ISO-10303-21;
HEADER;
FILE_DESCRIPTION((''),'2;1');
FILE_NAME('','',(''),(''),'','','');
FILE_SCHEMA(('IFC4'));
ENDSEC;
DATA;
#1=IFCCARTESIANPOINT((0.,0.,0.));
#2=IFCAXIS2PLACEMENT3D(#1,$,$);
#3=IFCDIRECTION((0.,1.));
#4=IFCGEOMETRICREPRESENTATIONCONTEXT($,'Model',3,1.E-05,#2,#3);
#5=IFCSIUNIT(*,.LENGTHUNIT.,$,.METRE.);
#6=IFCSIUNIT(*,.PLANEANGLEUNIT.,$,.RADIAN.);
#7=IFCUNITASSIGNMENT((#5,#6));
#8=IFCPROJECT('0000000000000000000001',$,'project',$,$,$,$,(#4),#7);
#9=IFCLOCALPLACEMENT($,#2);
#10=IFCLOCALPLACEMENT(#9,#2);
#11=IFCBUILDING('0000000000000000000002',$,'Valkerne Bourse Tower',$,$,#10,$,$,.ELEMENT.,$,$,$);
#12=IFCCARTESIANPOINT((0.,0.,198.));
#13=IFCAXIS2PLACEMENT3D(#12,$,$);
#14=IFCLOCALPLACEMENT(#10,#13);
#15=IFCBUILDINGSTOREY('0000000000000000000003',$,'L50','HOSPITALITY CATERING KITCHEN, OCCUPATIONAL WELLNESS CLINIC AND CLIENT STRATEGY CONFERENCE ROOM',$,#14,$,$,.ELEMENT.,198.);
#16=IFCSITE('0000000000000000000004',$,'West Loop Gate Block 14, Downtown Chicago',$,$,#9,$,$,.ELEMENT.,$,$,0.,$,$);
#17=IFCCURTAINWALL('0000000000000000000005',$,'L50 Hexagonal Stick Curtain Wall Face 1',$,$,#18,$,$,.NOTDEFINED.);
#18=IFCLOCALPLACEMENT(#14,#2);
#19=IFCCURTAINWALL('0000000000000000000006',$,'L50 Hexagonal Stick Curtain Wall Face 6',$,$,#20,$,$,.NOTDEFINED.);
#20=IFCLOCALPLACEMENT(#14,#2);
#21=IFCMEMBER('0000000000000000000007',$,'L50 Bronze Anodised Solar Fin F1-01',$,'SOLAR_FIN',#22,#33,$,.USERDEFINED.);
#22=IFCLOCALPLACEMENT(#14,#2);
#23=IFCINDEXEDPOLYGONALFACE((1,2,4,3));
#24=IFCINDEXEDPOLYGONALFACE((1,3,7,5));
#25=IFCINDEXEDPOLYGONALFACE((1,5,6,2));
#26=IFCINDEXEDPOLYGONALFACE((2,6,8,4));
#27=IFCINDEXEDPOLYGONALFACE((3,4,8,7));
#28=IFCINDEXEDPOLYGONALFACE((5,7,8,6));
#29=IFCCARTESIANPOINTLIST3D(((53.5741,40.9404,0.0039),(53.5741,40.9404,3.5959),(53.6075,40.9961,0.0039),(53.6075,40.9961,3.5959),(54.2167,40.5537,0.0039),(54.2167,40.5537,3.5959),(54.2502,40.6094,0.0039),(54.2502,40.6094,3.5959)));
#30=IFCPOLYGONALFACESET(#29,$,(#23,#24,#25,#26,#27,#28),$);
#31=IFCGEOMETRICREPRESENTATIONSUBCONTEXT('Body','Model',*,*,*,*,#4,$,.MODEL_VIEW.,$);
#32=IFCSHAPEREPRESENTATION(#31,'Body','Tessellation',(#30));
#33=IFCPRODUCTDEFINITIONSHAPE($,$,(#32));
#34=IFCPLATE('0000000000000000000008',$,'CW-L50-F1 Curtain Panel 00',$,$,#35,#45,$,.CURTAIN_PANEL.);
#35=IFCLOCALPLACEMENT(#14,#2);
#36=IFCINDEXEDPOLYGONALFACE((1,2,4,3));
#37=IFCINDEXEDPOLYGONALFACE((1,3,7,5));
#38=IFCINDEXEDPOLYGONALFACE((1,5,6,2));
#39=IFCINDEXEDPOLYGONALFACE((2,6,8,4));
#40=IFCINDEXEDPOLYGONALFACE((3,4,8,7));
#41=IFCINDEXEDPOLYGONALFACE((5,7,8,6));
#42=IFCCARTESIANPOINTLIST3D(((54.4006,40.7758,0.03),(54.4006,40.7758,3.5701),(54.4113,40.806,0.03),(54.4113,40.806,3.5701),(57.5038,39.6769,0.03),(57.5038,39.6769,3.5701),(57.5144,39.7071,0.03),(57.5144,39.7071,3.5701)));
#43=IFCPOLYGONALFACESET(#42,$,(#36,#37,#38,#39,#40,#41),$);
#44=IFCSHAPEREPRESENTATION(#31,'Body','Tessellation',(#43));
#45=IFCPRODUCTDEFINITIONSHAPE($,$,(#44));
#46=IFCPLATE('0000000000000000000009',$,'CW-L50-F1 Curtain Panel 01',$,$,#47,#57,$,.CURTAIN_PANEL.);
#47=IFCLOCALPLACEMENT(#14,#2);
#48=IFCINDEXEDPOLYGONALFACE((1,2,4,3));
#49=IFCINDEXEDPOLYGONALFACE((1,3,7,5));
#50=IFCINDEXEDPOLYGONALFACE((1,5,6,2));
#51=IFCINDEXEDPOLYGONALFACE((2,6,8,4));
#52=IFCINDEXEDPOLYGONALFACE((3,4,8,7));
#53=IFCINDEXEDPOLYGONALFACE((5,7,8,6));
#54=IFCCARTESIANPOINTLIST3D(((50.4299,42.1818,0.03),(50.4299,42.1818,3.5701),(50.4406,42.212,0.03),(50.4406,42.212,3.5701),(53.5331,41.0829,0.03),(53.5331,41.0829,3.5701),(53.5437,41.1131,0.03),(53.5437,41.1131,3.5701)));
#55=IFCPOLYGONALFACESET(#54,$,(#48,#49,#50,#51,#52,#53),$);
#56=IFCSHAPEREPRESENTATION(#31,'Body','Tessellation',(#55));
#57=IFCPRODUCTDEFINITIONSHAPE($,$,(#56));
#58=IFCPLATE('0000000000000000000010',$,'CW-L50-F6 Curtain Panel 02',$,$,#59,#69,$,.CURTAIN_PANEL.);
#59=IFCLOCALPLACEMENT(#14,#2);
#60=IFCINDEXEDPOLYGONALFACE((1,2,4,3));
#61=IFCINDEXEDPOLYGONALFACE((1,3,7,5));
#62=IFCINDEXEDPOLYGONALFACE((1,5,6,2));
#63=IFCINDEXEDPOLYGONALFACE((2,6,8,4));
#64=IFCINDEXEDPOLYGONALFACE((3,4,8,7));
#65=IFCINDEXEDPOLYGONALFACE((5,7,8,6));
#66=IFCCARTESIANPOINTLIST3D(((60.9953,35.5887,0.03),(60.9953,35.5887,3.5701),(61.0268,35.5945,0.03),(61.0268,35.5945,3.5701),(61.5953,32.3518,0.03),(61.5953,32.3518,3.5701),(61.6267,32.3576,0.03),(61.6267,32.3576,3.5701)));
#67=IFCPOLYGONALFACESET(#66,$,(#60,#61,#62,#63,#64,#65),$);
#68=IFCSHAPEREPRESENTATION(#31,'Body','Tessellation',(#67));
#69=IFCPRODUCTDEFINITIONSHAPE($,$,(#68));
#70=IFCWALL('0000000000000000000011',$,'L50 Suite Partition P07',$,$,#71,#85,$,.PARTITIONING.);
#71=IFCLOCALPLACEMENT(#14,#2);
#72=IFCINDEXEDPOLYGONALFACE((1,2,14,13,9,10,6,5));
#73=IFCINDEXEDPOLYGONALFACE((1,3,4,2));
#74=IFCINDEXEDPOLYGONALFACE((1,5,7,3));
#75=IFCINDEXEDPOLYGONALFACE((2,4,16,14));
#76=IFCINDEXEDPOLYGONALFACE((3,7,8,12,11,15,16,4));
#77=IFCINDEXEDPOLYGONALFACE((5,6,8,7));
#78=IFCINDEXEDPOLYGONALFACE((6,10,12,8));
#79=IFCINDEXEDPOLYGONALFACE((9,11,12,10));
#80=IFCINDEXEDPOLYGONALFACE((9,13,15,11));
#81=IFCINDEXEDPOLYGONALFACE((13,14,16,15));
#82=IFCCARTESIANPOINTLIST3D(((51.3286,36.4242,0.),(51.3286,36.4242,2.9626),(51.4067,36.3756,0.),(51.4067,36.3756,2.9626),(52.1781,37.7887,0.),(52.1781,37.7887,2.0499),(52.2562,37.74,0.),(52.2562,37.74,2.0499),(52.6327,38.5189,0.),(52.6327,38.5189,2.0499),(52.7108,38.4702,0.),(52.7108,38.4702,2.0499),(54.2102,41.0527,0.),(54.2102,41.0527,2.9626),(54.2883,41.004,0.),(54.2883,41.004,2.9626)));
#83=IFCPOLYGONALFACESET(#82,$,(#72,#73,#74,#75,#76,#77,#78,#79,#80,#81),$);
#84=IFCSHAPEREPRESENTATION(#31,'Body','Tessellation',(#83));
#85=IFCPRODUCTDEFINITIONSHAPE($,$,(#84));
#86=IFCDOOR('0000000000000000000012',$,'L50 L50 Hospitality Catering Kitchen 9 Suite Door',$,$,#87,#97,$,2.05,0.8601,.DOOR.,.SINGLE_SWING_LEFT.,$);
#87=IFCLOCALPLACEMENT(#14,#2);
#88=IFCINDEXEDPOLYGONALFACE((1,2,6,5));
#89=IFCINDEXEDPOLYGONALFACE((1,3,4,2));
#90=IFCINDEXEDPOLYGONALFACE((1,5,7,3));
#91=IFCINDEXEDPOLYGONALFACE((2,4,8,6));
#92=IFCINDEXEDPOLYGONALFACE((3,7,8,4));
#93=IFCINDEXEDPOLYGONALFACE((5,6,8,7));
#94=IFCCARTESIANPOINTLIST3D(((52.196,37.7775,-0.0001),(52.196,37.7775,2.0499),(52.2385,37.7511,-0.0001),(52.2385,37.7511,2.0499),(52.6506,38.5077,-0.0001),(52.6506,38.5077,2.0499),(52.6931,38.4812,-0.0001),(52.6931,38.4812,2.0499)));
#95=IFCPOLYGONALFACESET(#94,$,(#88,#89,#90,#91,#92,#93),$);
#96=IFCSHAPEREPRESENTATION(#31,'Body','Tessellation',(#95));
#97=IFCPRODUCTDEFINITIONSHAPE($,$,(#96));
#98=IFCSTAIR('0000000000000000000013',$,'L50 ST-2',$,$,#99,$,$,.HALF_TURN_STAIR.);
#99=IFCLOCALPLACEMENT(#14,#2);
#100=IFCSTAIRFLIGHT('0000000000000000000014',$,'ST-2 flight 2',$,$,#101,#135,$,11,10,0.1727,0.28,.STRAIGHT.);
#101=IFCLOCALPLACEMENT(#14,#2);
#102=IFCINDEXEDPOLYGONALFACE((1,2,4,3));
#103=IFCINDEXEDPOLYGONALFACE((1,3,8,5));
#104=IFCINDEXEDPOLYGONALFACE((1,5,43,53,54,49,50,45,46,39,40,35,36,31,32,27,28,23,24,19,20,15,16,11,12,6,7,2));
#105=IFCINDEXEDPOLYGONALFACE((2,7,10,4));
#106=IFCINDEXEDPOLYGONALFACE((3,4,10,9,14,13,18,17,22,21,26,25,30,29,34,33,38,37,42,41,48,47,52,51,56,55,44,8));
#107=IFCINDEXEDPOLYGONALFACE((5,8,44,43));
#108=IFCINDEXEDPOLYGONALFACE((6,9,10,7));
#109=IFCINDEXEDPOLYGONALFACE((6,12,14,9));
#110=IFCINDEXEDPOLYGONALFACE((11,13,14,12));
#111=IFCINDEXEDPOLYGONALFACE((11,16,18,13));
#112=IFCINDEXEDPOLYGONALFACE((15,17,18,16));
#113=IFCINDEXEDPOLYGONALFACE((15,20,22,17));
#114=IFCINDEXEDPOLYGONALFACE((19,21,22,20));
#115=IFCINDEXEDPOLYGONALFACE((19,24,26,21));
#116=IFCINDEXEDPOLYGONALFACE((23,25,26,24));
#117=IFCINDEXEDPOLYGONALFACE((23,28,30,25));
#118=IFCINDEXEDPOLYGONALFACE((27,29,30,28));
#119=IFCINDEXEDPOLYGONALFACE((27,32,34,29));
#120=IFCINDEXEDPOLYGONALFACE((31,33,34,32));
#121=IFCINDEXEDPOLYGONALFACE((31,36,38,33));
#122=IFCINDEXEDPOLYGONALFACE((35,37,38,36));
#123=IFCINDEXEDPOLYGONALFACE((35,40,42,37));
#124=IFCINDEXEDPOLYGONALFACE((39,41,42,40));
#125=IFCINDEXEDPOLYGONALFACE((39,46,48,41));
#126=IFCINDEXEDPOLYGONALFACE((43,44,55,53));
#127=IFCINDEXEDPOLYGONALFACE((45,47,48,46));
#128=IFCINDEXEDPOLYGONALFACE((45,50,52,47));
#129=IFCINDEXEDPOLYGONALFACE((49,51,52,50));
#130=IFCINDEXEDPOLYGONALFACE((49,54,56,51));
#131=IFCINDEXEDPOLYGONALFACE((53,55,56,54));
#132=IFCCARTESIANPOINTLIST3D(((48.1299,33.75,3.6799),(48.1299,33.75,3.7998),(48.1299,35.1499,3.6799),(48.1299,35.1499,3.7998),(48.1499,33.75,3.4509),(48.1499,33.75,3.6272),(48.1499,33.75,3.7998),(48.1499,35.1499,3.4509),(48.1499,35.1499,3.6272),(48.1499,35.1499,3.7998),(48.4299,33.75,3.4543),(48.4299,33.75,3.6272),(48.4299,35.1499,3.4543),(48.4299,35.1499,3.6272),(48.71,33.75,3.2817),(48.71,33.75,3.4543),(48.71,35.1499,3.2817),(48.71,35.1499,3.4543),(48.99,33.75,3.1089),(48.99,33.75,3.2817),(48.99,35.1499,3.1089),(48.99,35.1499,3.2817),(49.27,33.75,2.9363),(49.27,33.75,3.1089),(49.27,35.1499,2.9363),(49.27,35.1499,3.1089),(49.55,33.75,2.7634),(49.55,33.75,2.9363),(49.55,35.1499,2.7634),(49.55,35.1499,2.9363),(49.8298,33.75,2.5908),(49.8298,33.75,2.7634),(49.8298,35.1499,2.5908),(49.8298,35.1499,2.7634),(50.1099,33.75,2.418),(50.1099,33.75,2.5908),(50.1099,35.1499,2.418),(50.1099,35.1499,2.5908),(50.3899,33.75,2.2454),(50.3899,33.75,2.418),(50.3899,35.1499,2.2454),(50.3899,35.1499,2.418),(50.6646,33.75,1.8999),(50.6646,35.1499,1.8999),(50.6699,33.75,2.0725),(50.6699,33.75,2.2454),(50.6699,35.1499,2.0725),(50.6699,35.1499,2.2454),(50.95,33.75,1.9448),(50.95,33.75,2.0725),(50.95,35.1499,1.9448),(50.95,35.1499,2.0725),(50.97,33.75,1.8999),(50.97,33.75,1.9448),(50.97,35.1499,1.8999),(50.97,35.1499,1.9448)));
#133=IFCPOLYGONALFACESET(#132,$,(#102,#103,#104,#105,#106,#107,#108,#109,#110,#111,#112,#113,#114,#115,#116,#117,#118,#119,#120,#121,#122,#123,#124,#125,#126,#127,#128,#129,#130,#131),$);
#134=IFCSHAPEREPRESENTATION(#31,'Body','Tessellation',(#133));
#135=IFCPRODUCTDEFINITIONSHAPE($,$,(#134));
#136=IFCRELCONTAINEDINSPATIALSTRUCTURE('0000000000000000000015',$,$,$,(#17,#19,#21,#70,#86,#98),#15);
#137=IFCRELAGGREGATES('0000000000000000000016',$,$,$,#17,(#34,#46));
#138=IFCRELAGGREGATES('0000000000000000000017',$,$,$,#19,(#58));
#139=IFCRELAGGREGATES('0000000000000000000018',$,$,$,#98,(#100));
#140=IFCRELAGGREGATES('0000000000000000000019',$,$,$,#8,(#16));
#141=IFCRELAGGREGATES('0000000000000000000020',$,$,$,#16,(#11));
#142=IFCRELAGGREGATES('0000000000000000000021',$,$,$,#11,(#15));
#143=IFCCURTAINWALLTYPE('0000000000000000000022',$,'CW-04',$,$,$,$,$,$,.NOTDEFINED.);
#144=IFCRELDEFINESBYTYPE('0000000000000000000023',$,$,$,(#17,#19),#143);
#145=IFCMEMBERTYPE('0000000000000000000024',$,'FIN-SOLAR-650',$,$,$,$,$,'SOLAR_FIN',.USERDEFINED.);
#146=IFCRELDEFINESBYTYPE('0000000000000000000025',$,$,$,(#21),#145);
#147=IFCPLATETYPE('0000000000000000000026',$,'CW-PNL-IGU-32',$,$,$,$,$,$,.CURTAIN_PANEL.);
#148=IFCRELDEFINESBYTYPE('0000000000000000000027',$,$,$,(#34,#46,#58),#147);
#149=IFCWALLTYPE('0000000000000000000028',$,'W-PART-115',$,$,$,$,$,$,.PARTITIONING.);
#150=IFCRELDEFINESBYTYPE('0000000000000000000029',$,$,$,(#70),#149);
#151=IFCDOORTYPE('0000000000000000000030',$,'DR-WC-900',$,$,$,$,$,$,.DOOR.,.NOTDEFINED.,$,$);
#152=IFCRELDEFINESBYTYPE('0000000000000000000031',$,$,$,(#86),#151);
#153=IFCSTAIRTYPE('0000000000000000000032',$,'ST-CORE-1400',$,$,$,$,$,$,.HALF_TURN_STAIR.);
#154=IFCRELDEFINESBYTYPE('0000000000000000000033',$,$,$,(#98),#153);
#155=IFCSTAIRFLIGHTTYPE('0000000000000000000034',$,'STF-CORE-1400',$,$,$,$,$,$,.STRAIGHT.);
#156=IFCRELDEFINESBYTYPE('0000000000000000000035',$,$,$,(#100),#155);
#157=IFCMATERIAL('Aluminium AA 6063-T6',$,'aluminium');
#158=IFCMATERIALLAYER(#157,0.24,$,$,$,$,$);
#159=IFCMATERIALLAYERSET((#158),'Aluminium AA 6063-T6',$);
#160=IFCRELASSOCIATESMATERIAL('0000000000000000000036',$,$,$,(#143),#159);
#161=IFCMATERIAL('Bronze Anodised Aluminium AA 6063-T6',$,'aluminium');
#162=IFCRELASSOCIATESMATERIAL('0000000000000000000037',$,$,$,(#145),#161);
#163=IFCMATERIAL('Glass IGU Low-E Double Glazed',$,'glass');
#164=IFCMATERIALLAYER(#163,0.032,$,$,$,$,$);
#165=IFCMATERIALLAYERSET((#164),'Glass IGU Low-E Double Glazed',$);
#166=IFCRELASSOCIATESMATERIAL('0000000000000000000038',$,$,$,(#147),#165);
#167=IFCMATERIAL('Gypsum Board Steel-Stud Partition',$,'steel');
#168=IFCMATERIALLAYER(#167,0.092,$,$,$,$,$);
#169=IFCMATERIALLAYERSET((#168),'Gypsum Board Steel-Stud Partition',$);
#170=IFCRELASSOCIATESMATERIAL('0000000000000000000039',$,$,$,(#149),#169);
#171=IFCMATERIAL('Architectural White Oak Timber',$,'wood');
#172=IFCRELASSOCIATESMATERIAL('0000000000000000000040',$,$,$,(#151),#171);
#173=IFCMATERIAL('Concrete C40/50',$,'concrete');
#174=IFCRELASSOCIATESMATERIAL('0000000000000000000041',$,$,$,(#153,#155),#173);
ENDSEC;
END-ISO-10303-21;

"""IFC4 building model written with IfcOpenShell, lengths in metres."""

from ifc_helpers import new_model, si_unit, direction, frame, frame_2d, origin, origin_2d, place, context, subcontext, project, spatial, polyline, rectangle, outline, extrude, material, layer, layer_set, material_profile, profile_set, type_object, element, fill, aggregate, save


model = new_model("IFC4")

# Units and contexts
model_context = context("Model", 3, precision=1e-05, world=origin(), true_north=direction((0.0, 1.0)))
body_context = subcontext(model_context, "Body", "Model", "MODEL_VIEW")
ifc_project = project(units=[si_unit("LENGTHUNIT", "METRE"), si_unit("PLANEANGLEUNIT", "RADIAN")], contexts=[model_context])

# Site, building, storey
site_placement = place(None, origin())
site = spatial("IfcSite", under=ifc_project, at=site_placement, Name="West Loop Gate Block 14, Downtown Chicago", CompositionType="ELEMENT", RefElevation=0.0)
building_placement = place(site_placement, origin())
building = spatial("IfcBuilding", under=site, at=building_placement, Name="Valkerne Bourse Tower", CompositionType="ELEMENT")
storey_placement = place(building_placement, frame((0.0, 0.0, 198.0)))
storey = spatial("IfcBuildingStorey", under=building, at=storey_placement, Name="L50", Description="HOSPITALITY CATERING KITCHEN, OCCUPATIONAL WELLNESS CLINIC AND CLIENT STRATEGY CONFERENCE ROOM", CompositionType="ELEMENT", Elevation=198.0)

# Curtain wall
ifc_material_1 = material(Name="Aluminium AA 6063-T6", Category="aluminium")
ifc_layer_1 = layer(ifc_material_1, 0.24)
ifc_layer_set_1 = layer_set([ifc_layer_1], Name="Aluminium AA 6063-T6")
curtain_wall_type = type_object("IfcCurtainWallType", Name="CW-04", PredefinedType="NOTDEFINED", material=ifc_layer_set_1)
curtain_wall_1_placement = place(storey_placement, origin())
curtain_wall_1 = element("IfcCurtainWall", 1, at=curtain_wall_1_placement, inside=storey, type_object=curtain_wall_type, Name="L50 Hexagonal Stick Curtain Wall Face 1", PredefinedType="NOTDEFINED")

# Curtain wall
curtain_wall_2_placement = place(storey_placement, origin())
curtain_wall_2 = element("IfcCurtainWall", 2, at=curtain_wall_2_placement, inside=storey, type_object=curtain_wall_type, Name="L50 Hexagonal Stick Curtain Wall Face 6", PredefinedType="NOTDEFINED")

# Member
ifc_material_2 = material(Name="Bronze Anodised Aluminium AA 6063-T6", Category="aluminium")
ifc_material_profile_1 = material_profile(ifc_material_2, rectangle(XDim=0.0649, YDim=0.75, at=origin_2d()), Name="FIN-65X750")
ifc_profile_set_1 = profile_set([ifc_material_profile_1], Name="Bronze Anodised Aluminium AA 6063-T6")
member_type_1 = type_object("IfcMemberType", Name="FIN-SOLAR-650", ElementType="SOLAR_FIN", PredefinedType="USERDEFINED", material=ifc_profile_set_1)
member_1_placement = place(storey_placement, frame((53.9121, 40.7749, 0.0039), z_axis=(0.0, 0.0, 1.0), x_axis=(0.515604, 0.856827, 0.0)))
element("IfcMember", 3, at=member_1_placement, inside=storey, type_object=member_type_1, Name="L50 Bronze Anodised Solar Fin F1-01", ObjectType="SOLAR_FIN", PredefinedType="USERDEFINED", context=body_context, shape_type="SweptSolid", body=[
    extrude(rectangle(XDim=0.0649, YDim=0.75, at=origin_2d()), origin(), (0.0, 0.0, 1.0), 3.592),
])

# Plates
ifc_material_3 = material(Name="Glass IGU Low-E Double Glazed", Category="glass")
ifc_layer_2 = layer(ifc_material_3, 0.032)
ifc_layer_set_2 = layer_set([ifc_layer_2], Name="Glass IGU Low-E Double Glazed")
plate_type = type_object("IfcPlateType", Name="CW-PNL-IGU-32", PredefinedType="CURTAIN_PANEL", material=ifc_layer_set_2)
plate_1_placement = place(storey_placement, frame((55.9575, 40.2415, 0.03), z_axis=(0.0, 0.0, 1.0), x_axis=(-0.942644, 0.333801, 0.0)))
plate_1 = element("IfcPlate", 4, at=plate_1_placement, type_object=plate_type, Name="CW-L50-F1 Curtain Panel 00", PredefinedType="CURTAIN_PANEL", context=body_context, shape_type="SweptSolid", body=[
    extrude(rectangle(XDim=3.292, YDim=0.032, at=origin_2d()), origin(), (0.0, 0.0, 1.0), 3.54),
])
plate_2_placement = place(storey_placement, frame((51.9868, 41.6475, 0.03), z_axis=(0.0, 0.0, 1.0), x_axis=(-0.942641, 0.333808, 0.0)))
plate_2 = element("IfcPlate", 5, at=plate_2_placement, type_object=plate_type, Name="CW-L50-F1 Curtain Panel 01", PredefinedType="CURTAIN_PANEL", context=body_context, shape_type="SweptSolid", body=[
    extrude(rectangle(XDim=3.292, YDim=0.032, at=origin_2d()), origin(), (0.0, 0.0, 1.0), 3.54),
])
aggregate(curtain_wall_1, [plate_1, plate_2])
plate_3_placement = place(storey_placement, frame((61.311, 33.9731, 0.03), z_axis=(0.0, 0.0, 1.0), x_axis=(-0.18224, 0.983254, 0.0)))
plate_3 = element("IfcPlate", 6, at=plate_3_placement, type_object=plate_type, Name="CW-L50-F6 Curtain Panel 02", PredefinedType="CURTAIN_PANEL", context=body_context, shape_type="SweptSolid", body=[
    extrude(rectangle(XDim=3.292, YDim=0.032, at=origin_2d()), origin(), (0.0, 0.0, 1.0), 3.54),
])
aggregate(curtain_wall_2, [plate_3])

# Wall, opening, door
ifc_material_4 = material(Name="Gypsum Board Steel-Stud Partition", Category="steel")
ifc_layer_3 = layer(ifc_material_4, 0.092)
ifc_layer_set_3 = layer_set([ifc_layer_3], Name="Gypsum Board Steel-Stud Partition")
wall_type = type_object("IfcWallType", Name="W-PART-115", PredefinedType="PARTITIONING", material=ifc_layer_set_3)
wall_placement = place(storey_placement, frame((51.3677, 36.3999, 0.0), z_axis=(0.0, 0.0, 1.0), x_axis=(0.528525, 0.848918, 0.0)))
wall = element("IfcWall", 7, at=wall_placement, inside=storey, type_object=wall_type, Name="L50 Suite Partition P07", PredefinedType="PARTITIONING", context=body_context, shape_type="SweptSolid", body=[
    extrude(rectangle(XDim=5.4521, YDim=0.092, at=frame_2d((2.7261, 0.0))), origin(), (0.0, 0.0, 1.0), 2.9626),
])
opening_placement = place(wall_placement, frame((1.6072, 0.0, 0.0)))
opening = element("IfcOpeningElement", 8, at=opening_placement, cuts=wall, PredefinedType="OPENING", context=body_context, shape_type="SweptSolid", body=[
    extrude(rectangle(XDim=0.8601, YDim=2.05, at=frame_2d((0.4302, 1.0249))), frame((0.0, 0.0559, 0.0), z_axis=(0.0, -1.0, 0.0), x_axis=(1.0, 0.0, 0.0)), (0.0, 0.0, 1.0), 0.1121),
])
ifc_material_5 = material(Name="Architectural White Oak Timber", Category="wood")
door_type = type_object("IfcDoorType", Name="DR-WC-900", OperationType="NOTDEFINED", PredefinedType="DOOR", material=ifc_material_5)
door_placement = place(opening_placement, origin())
door = element("IfcDoor", 9, at=door_placement, inside=storey, type_object=door_type, Name="L50 L50 Hospitality Catering Kitchen 9 Suite Door", OperationType="SINGLE_SWING_LEFT", OverallHeight=2.05, OverallWidth=0.8601, PredefinedType="DOOR", context=body_context, shape_type="SweptSolid", body=[
    extrude(rectangle(XDim=0.8601, YDim=2.05, at=frame_2d((0.4302, 1.0249))), frame((0.0, 0.0249, 0.0), z_axis=(0.0, -1.0, 0.0), x_axis=(1.0, 0.0, 0.0)), (0.0, 0.0, 1.0), 0.05),
])
fill(opening, door)

# Stair, stair flight
ifc_material_6 = material(Name="Concrete C40/50", Category="concrete")
stair_type = type_object("IfcStairType", Name="ST-CORE-1400", PredefinedType="HALF_TURN_STAIR", material=ifc_material_6)
stair_placement = place(storey_placement, origin())
stair = element("IfcStair", 10, at=stair_placement, inside=storey, type_object=stair_type, Name="L50 ST-2", PredefinedType="HALF_TURN_STAIR")
stair_flight_type = type_object("IfcStairFlightType", Name="STF-CORE-1400", PredefinedType="STRAIGHT", material=ifc_material_6)
stair_flight_placement = place(storey_placement, frame((50.95, 34.45, 1.8999), z_axis=(0.0, 0.0, 1.0), x_axis=(-1.0, 0.0, 0.0)))
stair_flight = element("IfcStairFlight", 11, at=stair_flight_placement, type_object=stair_flight_type, Name="ST-2 flight 2", NumberOfRisers=11, NumberOfTreads=10, PredefinedType="STRAIGHT", RiserHeight=0.1727, TreadLength=0.28, context=body_context, shape_type="SweptSolid", body=[
    extrude(outline(polyline([(-0.02, 0.0), (-0.02, 0.0449), (0.0, 0.0449), (0.0, 0.1726), (0.28, 0.1726), (0.28, 0.3455), (0.5601, 0.3455), (0.5601, 0.5181), (0.8401, 0.5181), (0.8401, 0.6909), (1.1201, 0.6909), (1.1201, 0.8635), (1.3999, 0.8635), (1.3999, 1.0364), (1.6799, 1.0364), (1.6799, 1.209), (1.96, 1.209), (1.96, 1.3818), (2.24, 1.3818), (2.24, 1.5544), (2.52, 1.5544), (2.52, 1.7273), (2.8, 1.7273), (2.8, 1.8999), (2.8201, 1.8999), (2.8201, 1.78), (2.8, 1.551), (0.2854, 0.0), (-0.02, 0.0)])), frame((0.0, 0.7, 0.0), z_axis=(0.0, -1.0, 0.0), x_axis=(1.0, 0.0, 0.0)), (0.0, 0.0, 1.0), 1.3999),
])
aggregate(stair, [stair_flight])

save(model, "model.ifc")
